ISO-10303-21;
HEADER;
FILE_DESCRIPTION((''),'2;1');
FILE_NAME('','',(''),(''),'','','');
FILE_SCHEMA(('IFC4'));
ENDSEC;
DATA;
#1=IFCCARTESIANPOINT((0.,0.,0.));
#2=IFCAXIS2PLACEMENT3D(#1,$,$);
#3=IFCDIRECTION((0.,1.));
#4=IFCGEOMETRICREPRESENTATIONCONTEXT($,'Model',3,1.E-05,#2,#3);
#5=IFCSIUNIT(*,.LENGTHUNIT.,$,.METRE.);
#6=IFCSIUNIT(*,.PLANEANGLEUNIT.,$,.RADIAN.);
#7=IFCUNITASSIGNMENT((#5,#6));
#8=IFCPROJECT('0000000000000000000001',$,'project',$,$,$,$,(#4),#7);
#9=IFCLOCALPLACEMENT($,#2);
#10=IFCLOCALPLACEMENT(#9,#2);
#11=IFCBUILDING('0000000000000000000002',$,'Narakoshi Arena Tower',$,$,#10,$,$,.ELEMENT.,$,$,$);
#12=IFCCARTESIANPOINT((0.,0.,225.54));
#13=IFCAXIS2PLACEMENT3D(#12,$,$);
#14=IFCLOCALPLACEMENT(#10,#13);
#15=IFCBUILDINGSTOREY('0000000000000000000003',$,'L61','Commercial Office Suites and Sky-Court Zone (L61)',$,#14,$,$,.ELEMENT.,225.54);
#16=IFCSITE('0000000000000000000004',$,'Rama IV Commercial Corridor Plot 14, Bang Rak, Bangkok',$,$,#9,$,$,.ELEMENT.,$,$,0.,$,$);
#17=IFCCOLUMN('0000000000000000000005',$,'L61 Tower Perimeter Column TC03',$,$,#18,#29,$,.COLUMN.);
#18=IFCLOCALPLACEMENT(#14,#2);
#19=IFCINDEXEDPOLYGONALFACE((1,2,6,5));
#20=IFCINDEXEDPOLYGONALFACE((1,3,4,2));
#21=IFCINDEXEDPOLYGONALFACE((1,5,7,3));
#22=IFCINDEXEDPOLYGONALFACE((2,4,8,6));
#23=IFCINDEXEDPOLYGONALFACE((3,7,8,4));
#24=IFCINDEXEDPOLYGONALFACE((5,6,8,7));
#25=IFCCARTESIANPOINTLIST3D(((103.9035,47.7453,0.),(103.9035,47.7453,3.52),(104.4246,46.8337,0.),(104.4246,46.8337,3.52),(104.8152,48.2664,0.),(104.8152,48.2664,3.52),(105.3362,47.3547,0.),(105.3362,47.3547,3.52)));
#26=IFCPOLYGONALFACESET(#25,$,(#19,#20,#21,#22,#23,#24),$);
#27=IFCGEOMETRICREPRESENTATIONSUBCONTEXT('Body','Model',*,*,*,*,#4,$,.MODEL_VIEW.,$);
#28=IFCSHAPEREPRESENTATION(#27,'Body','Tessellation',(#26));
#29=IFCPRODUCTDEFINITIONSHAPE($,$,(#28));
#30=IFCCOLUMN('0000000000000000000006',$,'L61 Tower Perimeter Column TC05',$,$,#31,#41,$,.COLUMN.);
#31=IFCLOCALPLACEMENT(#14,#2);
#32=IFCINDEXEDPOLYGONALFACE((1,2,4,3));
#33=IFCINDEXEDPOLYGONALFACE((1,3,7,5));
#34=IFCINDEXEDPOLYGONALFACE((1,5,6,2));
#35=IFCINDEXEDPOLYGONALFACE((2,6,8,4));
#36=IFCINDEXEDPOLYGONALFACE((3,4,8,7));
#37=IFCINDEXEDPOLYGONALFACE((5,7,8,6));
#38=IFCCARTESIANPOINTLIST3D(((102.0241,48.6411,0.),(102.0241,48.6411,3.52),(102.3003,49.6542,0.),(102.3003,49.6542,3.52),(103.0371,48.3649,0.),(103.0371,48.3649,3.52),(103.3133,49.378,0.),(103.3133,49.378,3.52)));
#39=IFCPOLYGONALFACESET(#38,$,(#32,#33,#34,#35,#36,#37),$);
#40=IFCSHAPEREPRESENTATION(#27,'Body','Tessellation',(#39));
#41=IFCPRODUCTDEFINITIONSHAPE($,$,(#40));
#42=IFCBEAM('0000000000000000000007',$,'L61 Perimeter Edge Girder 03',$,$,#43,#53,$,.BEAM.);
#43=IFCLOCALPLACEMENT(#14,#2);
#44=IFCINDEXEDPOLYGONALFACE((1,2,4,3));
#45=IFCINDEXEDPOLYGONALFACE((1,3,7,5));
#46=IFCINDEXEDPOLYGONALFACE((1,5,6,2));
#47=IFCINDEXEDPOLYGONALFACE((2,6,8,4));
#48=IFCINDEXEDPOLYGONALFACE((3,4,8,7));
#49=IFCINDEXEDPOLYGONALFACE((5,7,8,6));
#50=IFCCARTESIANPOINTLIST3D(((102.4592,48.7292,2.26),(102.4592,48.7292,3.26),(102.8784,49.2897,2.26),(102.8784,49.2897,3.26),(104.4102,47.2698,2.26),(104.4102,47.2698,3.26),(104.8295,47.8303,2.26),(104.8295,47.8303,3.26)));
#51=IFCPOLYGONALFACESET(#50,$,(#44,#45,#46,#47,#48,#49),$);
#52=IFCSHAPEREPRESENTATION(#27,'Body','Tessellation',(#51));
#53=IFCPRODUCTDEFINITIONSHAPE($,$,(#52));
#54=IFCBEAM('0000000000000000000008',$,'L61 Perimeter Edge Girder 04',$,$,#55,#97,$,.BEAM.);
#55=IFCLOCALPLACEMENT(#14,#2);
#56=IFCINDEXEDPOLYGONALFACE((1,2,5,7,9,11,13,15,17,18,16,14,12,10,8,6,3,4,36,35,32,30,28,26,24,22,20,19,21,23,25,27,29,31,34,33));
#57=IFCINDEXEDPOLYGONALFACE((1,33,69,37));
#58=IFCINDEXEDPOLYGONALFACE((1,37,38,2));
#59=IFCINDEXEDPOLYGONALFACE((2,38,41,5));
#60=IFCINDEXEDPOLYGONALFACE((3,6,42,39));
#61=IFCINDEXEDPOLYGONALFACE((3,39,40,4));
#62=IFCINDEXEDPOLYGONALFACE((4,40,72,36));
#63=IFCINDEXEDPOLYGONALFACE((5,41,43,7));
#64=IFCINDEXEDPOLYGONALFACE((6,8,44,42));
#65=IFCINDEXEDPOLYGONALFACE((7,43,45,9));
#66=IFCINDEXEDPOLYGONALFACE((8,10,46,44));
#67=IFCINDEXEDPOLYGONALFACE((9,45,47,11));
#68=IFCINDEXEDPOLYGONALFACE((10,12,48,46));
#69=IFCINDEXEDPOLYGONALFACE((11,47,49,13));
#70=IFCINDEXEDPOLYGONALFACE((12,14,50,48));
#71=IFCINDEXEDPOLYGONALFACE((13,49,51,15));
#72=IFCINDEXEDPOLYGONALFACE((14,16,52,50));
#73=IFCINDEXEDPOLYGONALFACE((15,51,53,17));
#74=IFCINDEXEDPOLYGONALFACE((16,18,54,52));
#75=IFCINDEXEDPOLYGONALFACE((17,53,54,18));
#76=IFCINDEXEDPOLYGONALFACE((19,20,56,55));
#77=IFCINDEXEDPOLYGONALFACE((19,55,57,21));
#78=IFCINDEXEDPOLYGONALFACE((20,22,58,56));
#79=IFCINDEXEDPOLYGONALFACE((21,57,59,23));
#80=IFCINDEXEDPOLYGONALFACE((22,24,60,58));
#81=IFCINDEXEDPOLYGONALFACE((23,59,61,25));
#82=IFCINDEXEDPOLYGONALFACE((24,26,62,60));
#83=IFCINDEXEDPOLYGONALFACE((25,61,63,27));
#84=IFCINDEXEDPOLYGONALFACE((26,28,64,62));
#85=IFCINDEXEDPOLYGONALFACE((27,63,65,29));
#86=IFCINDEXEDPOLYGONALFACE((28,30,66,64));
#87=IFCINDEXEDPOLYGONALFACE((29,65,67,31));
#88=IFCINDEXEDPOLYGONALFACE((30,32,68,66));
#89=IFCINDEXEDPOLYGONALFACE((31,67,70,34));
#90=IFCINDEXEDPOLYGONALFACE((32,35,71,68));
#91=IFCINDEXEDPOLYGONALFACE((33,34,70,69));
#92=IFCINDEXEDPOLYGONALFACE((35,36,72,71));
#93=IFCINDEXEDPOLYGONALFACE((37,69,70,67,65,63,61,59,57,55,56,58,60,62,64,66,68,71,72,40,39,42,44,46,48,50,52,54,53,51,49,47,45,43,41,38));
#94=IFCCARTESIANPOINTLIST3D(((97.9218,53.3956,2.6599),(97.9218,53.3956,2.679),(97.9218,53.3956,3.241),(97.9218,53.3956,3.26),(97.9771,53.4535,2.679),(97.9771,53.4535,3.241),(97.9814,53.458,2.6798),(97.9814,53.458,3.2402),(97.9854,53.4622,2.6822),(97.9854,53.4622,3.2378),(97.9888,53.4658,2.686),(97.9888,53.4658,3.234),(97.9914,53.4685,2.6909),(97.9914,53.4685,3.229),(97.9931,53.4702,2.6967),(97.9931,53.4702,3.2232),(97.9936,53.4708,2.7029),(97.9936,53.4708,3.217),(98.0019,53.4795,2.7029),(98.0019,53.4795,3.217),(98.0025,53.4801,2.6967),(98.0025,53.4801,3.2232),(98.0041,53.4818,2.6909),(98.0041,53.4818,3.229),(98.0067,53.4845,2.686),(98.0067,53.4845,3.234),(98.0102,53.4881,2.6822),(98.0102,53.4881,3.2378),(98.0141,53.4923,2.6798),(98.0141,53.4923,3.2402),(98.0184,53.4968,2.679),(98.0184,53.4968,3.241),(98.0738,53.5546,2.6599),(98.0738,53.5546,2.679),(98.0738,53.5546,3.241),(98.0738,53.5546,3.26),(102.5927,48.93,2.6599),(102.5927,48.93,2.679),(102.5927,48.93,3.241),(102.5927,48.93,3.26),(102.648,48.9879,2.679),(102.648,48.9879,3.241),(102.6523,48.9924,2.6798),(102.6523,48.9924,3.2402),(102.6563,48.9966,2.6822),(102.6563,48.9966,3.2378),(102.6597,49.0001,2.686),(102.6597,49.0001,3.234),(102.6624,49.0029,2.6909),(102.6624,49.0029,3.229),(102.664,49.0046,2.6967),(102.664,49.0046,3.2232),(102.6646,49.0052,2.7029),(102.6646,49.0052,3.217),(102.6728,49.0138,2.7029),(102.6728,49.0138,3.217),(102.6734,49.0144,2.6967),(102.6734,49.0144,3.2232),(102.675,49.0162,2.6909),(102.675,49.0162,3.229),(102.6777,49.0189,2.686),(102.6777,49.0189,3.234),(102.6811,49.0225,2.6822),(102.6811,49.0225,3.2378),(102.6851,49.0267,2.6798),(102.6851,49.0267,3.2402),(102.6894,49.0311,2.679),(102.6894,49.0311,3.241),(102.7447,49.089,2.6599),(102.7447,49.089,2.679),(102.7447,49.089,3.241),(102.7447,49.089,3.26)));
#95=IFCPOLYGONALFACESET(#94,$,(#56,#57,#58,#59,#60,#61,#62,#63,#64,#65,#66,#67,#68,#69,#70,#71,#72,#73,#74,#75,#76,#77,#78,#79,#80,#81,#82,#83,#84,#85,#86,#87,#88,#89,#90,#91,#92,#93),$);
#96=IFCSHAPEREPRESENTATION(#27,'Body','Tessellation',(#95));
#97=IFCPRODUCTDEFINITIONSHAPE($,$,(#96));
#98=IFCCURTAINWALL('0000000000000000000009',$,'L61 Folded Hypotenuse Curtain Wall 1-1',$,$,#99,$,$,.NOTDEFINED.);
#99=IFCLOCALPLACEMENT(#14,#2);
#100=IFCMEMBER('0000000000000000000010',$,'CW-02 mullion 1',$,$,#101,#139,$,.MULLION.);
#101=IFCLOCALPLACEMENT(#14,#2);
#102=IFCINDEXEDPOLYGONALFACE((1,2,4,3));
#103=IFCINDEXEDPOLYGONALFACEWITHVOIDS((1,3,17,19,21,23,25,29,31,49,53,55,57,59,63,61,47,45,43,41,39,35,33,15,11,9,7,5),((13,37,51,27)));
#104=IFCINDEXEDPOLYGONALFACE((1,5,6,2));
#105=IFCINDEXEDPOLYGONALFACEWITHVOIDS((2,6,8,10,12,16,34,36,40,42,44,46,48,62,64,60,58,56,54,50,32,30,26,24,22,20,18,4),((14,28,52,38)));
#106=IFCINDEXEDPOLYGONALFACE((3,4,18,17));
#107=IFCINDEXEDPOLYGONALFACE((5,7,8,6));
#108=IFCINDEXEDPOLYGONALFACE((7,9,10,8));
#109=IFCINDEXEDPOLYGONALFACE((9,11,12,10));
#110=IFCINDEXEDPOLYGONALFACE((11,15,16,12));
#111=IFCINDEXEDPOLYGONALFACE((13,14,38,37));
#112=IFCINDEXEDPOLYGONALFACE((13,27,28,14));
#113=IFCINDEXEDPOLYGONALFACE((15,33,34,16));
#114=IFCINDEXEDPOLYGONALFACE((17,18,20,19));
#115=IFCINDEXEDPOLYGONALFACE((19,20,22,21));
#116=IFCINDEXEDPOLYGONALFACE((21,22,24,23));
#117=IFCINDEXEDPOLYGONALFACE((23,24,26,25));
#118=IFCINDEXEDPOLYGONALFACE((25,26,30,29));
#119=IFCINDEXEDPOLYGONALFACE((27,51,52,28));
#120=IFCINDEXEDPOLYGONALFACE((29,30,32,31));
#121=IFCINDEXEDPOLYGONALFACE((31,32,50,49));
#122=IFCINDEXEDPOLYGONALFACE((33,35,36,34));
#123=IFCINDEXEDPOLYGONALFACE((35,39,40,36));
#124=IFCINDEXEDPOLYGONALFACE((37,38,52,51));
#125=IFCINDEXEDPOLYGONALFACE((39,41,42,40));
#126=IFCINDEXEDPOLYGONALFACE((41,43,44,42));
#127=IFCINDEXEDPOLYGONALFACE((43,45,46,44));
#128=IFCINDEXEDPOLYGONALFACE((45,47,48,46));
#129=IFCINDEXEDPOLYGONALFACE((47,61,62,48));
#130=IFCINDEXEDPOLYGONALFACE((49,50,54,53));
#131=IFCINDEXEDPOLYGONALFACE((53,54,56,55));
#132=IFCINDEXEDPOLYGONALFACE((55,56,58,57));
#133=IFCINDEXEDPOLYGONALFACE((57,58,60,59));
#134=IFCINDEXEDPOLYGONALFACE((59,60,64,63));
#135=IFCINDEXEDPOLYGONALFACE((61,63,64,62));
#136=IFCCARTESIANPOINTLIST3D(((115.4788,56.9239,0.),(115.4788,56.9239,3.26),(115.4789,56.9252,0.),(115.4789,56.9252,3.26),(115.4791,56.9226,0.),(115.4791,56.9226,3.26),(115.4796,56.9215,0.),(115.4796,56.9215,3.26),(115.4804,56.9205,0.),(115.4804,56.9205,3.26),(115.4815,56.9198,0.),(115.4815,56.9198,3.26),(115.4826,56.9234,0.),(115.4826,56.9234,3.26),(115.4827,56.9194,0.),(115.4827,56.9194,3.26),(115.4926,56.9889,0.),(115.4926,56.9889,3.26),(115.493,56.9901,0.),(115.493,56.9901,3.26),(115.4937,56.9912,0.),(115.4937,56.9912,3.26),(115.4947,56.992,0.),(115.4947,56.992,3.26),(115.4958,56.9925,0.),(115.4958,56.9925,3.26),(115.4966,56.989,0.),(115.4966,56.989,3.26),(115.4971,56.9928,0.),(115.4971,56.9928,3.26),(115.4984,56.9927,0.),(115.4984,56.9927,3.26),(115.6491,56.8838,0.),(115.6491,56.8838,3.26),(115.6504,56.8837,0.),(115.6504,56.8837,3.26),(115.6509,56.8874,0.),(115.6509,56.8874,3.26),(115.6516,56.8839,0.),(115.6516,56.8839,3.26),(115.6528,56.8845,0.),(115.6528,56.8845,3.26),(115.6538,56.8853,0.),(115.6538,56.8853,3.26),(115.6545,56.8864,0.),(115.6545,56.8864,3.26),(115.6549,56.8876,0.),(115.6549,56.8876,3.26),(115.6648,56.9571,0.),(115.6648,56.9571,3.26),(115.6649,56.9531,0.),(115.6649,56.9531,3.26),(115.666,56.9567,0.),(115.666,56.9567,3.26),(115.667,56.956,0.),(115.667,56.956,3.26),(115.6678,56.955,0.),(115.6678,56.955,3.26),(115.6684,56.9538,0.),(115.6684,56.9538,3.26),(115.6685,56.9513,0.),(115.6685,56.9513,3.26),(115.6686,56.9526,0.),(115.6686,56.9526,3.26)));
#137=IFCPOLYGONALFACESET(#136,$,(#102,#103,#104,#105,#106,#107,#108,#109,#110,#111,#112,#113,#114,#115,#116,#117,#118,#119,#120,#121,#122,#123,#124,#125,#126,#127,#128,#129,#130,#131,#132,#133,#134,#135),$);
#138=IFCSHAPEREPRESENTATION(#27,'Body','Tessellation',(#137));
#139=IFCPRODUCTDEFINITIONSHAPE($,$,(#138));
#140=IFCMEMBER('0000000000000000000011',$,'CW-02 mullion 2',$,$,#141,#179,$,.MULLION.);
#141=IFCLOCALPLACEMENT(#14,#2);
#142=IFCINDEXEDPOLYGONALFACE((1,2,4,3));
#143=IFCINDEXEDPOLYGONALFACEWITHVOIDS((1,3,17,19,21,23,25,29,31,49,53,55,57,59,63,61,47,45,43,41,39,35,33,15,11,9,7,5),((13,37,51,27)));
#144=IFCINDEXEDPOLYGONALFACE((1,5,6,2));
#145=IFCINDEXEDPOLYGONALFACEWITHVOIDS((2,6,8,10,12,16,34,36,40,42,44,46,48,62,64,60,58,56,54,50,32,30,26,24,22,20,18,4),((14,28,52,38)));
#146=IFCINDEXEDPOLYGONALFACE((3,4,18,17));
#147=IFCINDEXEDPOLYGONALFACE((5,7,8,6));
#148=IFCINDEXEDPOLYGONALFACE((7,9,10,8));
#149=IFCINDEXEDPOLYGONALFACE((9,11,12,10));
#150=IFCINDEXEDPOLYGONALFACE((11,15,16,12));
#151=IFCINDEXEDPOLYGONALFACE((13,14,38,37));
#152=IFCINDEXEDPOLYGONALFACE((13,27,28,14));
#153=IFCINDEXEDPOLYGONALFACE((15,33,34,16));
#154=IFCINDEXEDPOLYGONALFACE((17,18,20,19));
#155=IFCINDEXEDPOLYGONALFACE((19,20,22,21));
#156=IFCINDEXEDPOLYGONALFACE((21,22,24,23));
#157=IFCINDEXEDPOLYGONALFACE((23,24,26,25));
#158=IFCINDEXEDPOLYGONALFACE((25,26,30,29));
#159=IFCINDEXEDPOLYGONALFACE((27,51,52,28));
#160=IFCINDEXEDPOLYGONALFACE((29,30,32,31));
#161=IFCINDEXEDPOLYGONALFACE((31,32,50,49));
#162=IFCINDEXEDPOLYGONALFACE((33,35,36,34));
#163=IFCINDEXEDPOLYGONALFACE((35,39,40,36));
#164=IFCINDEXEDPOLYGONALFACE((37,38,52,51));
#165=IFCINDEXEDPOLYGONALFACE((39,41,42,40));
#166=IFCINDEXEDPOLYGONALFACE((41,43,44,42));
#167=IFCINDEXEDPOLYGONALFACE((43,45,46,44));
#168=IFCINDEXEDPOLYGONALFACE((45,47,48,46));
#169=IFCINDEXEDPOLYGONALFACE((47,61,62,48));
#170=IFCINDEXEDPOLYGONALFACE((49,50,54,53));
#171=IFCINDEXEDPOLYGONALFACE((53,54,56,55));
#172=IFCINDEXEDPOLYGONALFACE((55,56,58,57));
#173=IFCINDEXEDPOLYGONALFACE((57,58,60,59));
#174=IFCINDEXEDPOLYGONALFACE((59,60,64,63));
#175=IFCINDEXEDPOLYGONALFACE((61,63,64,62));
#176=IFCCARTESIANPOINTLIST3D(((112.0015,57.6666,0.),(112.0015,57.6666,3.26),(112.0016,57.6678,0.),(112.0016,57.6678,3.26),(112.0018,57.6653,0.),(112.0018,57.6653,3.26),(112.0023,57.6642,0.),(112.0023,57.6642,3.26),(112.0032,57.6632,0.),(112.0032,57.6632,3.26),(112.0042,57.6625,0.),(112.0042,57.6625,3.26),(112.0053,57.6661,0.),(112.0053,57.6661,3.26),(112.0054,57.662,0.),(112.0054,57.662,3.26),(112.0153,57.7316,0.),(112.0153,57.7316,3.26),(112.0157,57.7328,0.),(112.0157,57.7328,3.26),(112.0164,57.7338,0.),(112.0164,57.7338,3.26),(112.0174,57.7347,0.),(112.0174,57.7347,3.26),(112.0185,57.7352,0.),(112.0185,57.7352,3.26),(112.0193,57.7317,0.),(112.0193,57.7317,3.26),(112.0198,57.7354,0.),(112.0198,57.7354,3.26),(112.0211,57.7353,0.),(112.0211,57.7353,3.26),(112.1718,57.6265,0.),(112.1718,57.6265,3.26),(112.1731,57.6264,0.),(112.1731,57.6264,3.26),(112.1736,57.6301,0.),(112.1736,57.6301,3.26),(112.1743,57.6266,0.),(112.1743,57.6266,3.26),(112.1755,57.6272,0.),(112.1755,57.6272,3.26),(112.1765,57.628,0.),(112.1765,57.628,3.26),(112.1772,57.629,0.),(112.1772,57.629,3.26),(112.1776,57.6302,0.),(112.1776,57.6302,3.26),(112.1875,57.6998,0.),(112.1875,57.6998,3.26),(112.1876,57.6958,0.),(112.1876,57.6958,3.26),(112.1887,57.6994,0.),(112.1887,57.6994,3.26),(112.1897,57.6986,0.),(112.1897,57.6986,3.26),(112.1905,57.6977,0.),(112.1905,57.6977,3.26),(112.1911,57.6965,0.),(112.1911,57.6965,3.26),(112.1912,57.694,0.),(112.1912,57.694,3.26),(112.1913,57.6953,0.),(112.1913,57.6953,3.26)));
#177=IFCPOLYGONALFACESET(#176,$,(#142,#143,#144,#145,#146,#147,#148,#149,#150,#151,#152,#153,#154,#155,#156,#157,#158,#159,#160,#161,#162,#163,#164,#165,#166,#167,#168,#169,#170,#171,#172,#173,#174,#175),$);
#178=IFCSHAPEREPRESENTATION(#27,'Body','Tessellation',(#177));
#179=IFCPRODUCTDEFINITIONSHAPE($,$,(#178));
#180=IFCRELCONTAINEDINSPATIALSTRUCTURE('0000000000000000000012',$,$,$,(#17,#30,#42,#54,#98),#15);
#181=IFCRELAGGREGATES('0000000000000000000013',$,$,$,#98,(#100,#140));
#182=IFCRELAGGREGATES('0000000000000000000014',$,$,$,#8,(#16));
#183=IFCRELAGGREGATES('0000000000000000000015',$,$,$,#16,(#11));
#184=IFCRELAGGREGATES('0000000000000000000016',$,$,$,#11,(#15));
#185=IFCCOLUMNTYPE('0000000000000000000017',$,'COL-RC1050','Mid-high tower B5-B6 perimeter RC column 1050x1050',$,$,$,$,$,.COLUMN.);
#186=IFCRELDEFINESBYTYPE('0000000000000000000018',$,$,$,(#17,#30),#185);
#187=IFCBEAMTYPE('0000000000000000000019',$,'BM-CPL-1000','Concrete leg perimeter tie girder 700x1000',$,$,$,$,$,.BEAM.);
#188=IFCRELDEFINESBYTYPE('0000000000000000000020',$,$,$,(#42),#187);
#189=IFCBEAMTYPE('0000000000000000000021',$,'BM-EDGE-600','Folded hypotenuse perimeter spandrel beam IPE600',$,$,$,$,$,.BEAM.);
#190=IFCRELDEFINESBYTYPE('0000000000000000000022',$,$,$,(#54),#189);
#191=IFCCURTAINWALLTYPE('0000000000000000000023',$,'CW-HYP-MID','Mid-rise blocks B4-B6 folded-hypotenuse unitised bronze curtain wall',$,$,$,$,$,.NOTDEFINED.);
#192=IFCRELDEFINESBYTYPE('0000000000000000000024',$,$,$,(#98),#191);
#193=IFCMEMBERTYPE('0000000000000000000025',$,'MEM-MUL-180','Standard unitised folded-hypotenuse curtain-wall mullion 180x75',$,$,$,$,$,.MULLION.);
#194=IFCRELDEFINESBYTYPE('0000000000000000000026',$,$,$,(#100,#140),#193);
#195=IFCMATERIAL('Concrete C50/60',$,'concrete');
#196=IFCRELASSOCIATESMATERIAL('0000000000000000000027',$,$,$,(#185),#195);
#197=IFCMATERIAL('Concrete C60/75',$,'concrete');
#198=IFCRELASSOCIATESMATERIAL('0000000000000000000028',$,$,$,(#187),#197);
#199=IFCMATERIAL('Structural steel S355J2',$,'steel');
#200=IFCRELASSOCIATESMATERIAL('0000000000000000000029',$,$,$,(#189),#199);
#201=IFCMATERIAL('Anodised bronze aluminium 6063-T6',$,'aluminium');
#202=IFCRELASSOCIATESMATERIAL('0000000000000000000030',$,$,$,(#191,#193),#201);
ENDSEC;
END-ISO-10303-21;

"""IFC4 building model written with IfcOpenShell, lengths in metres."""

from ifc_helpers import new_model, si_unit, direction, frame, origin, origin_2d, place, context, subcontext, project, spatial, rectangle, hollow_rectangle, i_section, extrude, material, material_profile, profile_set, type_object, element, aggregate, save


model = new_model("IFC4")

# Units and contexts
model_context = context("Model", 3, precision=1e-05, world=origin(), true_north=direction((0.0, 1.0)))
body_context = subcontext(model_context, "Body", "Model", "MODEL_VIEW")
ifc_project = project(units=[si_unit("LENGTHUNIT", "METRE"), si_unit("PLANEANGLEUNIT", "RADIAN")], contexts=[model_context])

# Site, building, storey
site_placement = place(None, origin())
site = spatial("IfcSite", under=ifc_project, at=site_placement, Name="Rama IV Commercial Corridor Plot 14, Bang Rak, Bangkok", CompositionType="ELEMENT", RefElevation=0.0)
building_placement = place(site_placement, origin())
building = spatial("IfcBuilding", under=site, at=building_placement, Name="Narakoshi Arena Tower", CompositionType="ELEMENT")
storey_placement = place(building_placement, frame((0.0, 0.0, 225.54)))
storey = spatial("IfcBuildingStorey", under=building, at=storey_placement, Name="L61", Description="Commercial Office Suites and Sky-Court Zone (L61)", CompositionType="ELEMENT", Elevation=225.54)

# Columns
ifc_material_1 = material(Name="Concrete C50/60", Category="concrete")
ifc_material_profile_1 = material_profile(ifc_material_1, rectangle(XDim=1.05, YDim=1.05, at=origin_2d()), Name="RC1050x1050")
ifc_profile_set_1 = profile_set([ifc_material_profile_1], Name="Concrete C50/60")
column_type = type_object("IfcColumnType", Name="COL-RC1050", Description="Mid-high tower B5-B6 perimeter RC column 1050x1050", PredefinedType="COLUMN", material=ifc_profile_set_1)
for number, where, z_axis, x_axis, name in (
    (1, (104.6199, 47.55, 0.0), (0.0, 0.0, 1.0), (0.868199, 0.496217, 0.0), "L61 Tower Perimeter Column TC03"),
    (2, (102.6687, 49.0095, 0.0), (0.0, 0.0, 1.0), (0.263031, 0.964787, 0.0), "L61 Tower Perimeter Column TC05"),
):
    element("IfcColumn", number, at=place(storey_placement, frame(where, z_axis=z_axis, x_axis=x_axis)), inside=storey, type_object=column_type, Name=name, PredefinedType="COLUMN", context=body_context, shape_type="SweptSolid", body=[
        extrude(rectangle(XDim=1.05, YDim=1.05, at=origin_2d()), origin(), (0.0, 0.0, 1.0), 3.52),
    ])

# Beams
ifc_material_2 = material(Name="Concrete C60/75", Category="concrete")
ifc_material_profile_2 = material_profile(ifc_material_2, rectangle(XDim=0.7, YDim=1.0, at=origin_2d()), Name="RCB700x1000")
ifc_profile_set_2 = profile_set([ifc_material_profile_2], Name="Concrete C60/75")
beam_type_1 = type_object("IfcBeamType", Name="BM-CPL-1000", Description="Concrete leg perimeter tie girder 700x1000", PredefinedType="BEAM", material=ifc_profile_set_2)
beam_1_placement = place(storey_placement, frame((104.6199, 47.55, 2.76), z_axis=(-0.800769, 0.598973, 0.0), x_axis=(-0.598973, -0.800769, 0.0)))
element("IfcBeam", 3, at=beam_1_placement, inside=storey, type_object=beam_type_1, Name="L61 Perimeter Edge Girder 03", PredefinedType="BEAM", context=body_context, shape_type="SweptSolid", body=[
    extrude(rectangle(XDim=0.7, YDim=1.0, at=origin_2d()), origin(), (0.0, 0.0, 1.0), 2.4365),
])
ifc_material_3 = material(Name="Structural steel S355J2", Category="steel")
ifc_material_profile_3 = material_profile(ifc_material_3, i_section(OverallWidth=0.22, OverallDepth=0.6001, WebThickness=0.012, FlangeThickness=0.019, FilletRadius=0.0239, at=origin_2d()), Name="IPE600")
ifc_profile_set_3 = profile_set([ifc_material_profile_3], Name="Structural steel S355J2")
beam_type_2 = type_object("IfcBeamType", Name="BM-EDGE-600", Description="Folded hypotenuse perimeter spandrel beam IPE600", PredefinedType="BEAM", material=ifc_profile_set_3)
beam_2_placement = place(storey_placement, frame((102.6687, 49.0095, 2.96), z_axis=(-0.722815, 0.691042, 0.0), x_axis=(-0.691042, -0.722815, 0.0)))
element("IfcBeam", 4, at=beam_2_placement, inside=storey, type_object=beam_type_2, Name="L61 Perimeter Edge Girder 04", PredefinedType="BEAM", context=body_context, shape_type="SweptSolid", body=[
    extrude(i_section(OverallWidth=0.22, OverallDepth=0.6001, WebThickness=0.012, FlangeThickness=0.019, FilletRadius=0.0239, at=origin_2d()), origin(), (0.0, 0.0, 1.0), 6.4622),
])

# Curtain wall, members
ifc_material_4 = material(Name="Anodised bronze aluminium 6063-T6", Category="aluminium")
curtain_wall_type = type_object("IfcCurtainWallType", Name="CW-HYP-MID", Description="Mid-rise blocks B4-B6 folded-hypotenuse unitised bronze curtain wall", PredefinedType="NOTDEFINED", material=ifc_material_4)
curtain_wall_placement = place(storey_placement, origin())
curtain_wall = element("IfcCurtainWall", 5, at=curtain_wall_placement, inside=storey, type_object=curtain_wall_type, Name="L61 Folded Hypotenuse Curtain Wall 1-1", PredefinedType="NOTDEFINED")
ifc_material_profile_4 = material_profile(ifc_material_4, hollow_rectangle(XDim=0.075, YDim=0.1799, WallThickness=0.0039, OuterFilletRadius=0.0049, at=origin_2d()), Name="MUL180x75x4")
ifc_profile_set_4 = profile_set([ifc_material_profile_4], Name="Anodised bronze aluminium 6063-T6")
member_type_1 = type_object("IfcMemberType", Name="MEM-MUL-180", Description="Standard unitised folded-hypotenuse curtain-wall mullion 180x75", PredefinedType="MULLION", material=ifc_profile_set_4)
member_1_placement = place(storey_placement, frame((115.5737, 56.9382, 0.0), z_axis=(0.0, 0.0, 1.0), x_axis=(-0.208899, -0.977937, 0.0)))
member_1 = element("IfcMember", 6, at=member_1_placement, type_object=member_type_1, Name="CW-02 mullion 1", PredefinedType="MULLION", context=body_context, shape_type="SweptSolid", body=[
    extrude(hollow_rectangle(XDim=0.075, YDim=0.1799, WallThickness=0.0039, OuterFilletRadius=0.0049, at=origin_2d()), origin(), (0.0, 0.0, 1.0), 3.26),
])
member_2_placement = place(storey_placement, frame((112.0964, 57.6809, 0.0), z_axis=(0.0, 0.0, 1.0), x_axis=(-0.208899, -0.977937, 0.0)))
member_2 = element("IfcMember", 7, at=member_2_placement, type_object=member_type_1, Name="CW-02 mullion 2", PredefinedType="MULLION", context=body_context, shape_type="SweptSolid", body=[
    extrude(hollow_rectangle(XDim=0.075, YDim=0.1799, WallThickness=0.0039, OuterFilletRadius=0.0049, at=origin_2d()), origin(), (0.0, 0.0, 1.0), 3.26),
])
aggregate(curtain_wall, [member_1, member_2])

save(model, "model.ifc")
